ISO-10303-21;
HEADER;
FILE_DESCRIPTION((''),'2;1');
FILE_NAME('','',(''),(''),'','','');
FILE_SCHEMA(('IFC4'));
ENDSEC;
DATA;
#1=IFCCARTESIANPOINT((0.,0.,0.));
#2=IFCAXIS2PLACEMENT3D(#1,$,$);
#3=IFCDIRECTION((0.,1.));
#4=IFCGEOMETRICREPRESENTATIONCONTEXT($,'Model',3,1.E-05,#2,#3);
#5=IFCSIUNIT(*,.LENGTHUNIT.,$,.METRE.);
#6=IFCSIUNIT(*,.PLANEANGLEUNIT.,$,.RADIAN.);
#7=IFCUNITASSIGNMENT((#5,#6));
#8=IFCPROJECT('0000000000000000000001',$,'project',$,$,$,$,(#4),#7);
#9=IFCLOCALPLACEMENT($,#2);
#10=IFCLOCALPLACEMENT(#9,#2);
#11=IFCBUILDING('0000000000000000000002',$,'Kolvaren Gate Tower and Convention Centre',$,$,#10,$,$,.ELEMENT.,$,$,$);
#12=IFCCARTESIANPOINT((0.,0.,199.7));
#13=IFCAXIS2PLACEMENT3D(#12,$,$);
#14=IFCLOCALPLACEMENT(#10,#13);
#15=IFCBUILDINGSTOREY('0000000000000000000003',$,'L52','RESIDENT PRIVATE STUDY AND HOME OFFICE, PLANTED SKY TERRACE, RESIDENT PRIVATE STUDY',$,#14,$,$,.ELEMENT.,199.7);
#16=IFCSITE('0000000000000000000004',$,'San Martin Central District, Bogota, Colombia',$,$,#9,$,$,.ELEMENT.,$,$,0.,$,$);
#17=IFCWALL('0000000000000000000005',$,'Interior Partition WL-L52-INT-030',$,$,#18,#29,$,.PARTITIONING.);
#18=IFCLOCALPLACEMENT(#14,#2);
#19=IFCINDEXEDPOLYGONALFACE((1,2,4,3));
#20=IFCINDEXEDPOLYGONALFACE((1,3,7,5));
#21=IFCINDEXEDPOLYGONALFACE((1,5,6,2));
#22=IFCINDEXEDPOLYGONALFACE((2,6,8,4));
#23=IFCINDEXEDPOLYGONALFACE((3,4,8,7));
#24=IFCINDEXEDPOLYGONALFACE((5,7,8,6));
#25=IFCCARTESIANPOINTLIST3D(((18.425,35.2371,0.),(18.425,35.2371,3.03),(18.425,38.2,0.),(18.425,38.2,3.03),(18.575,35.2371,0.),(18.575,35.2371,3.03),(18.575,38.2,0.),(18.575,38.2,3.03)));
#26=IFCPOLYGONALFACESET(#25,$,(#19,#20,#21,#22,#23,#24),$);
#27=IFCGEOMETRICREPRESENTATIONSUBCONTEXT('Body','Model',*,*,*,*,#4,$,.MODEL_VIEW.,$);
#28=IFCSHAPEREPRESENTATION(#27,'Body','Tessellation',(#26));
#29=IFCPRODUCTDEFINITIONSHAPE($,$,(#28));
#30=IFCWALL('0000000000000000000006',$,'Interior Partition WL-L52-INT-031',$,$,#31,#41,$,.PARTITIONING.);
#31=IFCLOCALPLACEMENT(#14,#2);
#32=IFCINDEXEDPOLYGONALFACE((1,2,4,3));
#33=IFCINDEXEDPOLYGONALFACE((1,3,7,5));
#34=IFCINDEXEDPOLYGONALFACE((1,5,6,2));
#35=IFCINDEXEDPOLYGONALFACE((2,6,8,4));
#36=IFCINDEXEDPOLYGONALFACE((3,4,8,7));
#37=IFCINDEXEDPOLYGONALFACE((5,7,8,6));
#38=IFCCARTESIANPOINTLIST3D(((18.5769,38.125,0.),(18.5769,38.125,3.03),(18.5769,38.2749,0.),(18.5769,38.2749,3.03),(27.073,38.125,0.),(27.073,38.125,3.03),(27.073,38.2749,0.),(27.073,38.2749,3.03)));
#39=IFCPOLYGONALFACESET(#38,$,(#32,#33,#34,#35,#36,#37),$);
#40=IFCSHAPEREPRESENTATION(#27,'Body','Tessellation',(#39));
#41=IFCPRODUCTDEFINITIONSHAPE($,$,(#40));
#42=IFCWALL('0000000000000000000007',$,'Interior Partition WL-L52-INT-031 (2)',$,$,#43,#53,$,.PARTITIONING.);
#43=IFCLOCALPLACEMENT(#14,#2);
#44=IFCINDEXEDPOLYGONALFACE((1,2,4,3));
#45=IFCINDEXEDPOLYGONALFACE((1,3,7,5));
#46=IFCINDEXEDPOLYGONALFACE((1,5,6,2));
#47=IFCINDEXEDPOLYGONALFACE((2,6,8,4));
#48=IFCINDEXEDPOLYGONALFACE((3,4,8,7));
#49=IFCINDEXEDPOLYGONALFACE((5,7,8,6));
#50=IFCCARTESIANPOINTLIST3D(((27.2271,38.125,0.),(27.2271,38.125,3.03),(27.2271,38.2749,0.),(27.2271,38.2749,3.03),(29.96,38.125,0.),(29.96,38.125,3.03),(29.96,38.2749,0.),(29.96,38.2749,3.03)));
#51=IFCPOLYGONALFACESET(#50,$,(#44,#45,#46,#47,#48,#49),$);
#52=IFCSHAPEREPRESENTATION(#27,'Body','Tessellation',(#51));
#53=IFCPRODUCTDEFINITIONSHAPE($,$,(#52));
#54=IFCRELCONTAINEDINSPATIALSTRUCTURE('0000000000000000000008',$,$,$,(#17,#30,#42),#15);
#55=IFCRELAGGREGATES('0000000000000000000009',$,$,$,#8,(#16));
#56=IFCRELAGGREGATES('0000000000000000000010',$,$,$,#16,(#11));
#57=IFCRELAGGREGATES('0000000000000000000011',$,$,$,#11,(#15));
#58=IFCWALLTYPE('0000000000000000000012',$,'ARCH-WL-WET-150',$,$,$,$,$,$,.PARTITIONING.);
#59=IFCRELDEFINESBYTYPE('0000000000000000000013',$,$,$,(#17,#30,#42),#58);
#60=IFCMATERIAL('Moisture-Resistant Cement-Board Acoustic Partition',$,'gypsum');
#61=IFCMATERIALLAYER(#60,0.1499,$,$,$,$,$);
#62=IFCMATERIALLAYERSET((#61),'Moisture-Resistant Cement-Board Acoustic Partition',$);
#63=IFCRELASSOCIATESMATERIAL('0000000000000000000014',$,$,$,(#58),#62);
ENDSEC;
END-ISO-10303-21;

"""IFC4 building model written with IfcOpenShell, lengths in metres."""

from ifc_helpers import new_model, si_unit, direction, frame, frame_2d, origin, place, context, subcontext, project, spatial, rectangle, extrude, material, layer, layer_set, type_object, element, save


model = new_model("IFC4")

# Units and contexts
model_context = context("Model", 3, precision=1e-05, world=origin(), true_north=direction((0.0, 1.0)))
body_context = subcontext(model_context, "Body", "Model", "MODEL_VIEW")
ifc_project = project(units=[si_unit("LENGTHUNIT", "METRE"), si_unit("PLANEANGLEUNIT", "RADIAN")], contexts=[model_context])

# Site, building, storey
site_placement = place(None, origin())
site = spatial("IfcSite", under=ifc_project, at=site_placement, Name="San Martin Central District, Bogota, Colombia", CompositionType="ELEMENT", RefElevation=0.0)
building_placement = place(site_placement, origin())
building = spatial("IfcBuilding", under=site, at=building_placement, Name="Kolvaren Gate Tower and Convention Centre", CompositionType="ELEMENT")
storey_placement = place(building_placement, frame((0.0, 0.0, 199.7)))
storey = spatial("IfcBuildingStorey", under=building, at=storey_placement, Name="L52", Description="RESIDENT PRIVATE STUDY AND HOME OFFICE, PLANTED SKY TERRACE, RESIDENT PRIVATE STUDY", CompositionType="ELEMENT", Elevation=199.7)

# Walls
ifc_material_1 = material(Name="Moisture-Resistant Cement-Board Acoustic Partition", Category="gypsum")
ifc_layer_1 = layer(ifc_material_1, 0.1499)
ifc_layer_set_1 = layer_set([ifc_layer_1], Name="Moisture-Resistant Cement-Board Acoustic Partition")
wall_type_1 = type_object("IfcWallType", Name="ARCH-WL-WET-150", PredefinedType="PARTITIONING", material=ifc_layer_set_1)
wall_1_placement = place(storey_placement, frame((18.5, 35.2371, 0.0), z_axis=(0.0, 0.0, 1.0), x_axis=(0.0, 1.0, 0.0)))
element("IfcWall", 1, at=wall_1_placement, inside=storey, type_object=wall_type_1, Name="Interior Partition WL-L52-INT-030", PredefinedType="PARTITIONING", context=body_context, shape_type="SweptSolid", body=[
    extrude(rectangle(XDim=2.9629, YDim=0.1499, at=frame_2d((1.4814, 0.0))), origin(), (0.0, 0.0, 1.0), 3.03),
])
wall_2_placement = place(storey_placement, frame((18.5769, 38.2, 0.0), z_axis=(0.0, 0.0, 1.0), x_axis=(1.0, 0.0, 0.0)))
element("IfcWall", 2, at=wall_2_placement, inside=storey, type_object=wall_type_1, Name="Interior Partition WL-L52-INT-031", PredefinedType="PARTITIONING", context=body_context, shape_type="SweptSolid", body=[
    extrude(rectangle(XDim=8.4961, YDim=0.1499, at=frame_2d((4.248, 0.0))), origin(), (0.0, 0.0, 1.0), 3.03),
])
wall_3_placement = place(storey_placement, frame((27.2271, 38.2, 0.0), z_axis=(0.0, 0.0, 1.0), x_axis=(1.0, 0.0, 0.0)))
element("IfcWall", 3, at=wall_3_placement, inside=storey, type_object=wall_type_1, Name="Interior Partition WL-L52-INT-031 (2)", PredefinedType="PARTITIONING", context=body_context, shape_type="SweptSolid", body=[
    extrude(rectangle(XDim=2.7329, YDim=0.1499, at=frame_2d((1.3665, 0.0))), origin(), (0.0, 0.0, 1.0), 3.03),
])

save(model, "model.ifc")
